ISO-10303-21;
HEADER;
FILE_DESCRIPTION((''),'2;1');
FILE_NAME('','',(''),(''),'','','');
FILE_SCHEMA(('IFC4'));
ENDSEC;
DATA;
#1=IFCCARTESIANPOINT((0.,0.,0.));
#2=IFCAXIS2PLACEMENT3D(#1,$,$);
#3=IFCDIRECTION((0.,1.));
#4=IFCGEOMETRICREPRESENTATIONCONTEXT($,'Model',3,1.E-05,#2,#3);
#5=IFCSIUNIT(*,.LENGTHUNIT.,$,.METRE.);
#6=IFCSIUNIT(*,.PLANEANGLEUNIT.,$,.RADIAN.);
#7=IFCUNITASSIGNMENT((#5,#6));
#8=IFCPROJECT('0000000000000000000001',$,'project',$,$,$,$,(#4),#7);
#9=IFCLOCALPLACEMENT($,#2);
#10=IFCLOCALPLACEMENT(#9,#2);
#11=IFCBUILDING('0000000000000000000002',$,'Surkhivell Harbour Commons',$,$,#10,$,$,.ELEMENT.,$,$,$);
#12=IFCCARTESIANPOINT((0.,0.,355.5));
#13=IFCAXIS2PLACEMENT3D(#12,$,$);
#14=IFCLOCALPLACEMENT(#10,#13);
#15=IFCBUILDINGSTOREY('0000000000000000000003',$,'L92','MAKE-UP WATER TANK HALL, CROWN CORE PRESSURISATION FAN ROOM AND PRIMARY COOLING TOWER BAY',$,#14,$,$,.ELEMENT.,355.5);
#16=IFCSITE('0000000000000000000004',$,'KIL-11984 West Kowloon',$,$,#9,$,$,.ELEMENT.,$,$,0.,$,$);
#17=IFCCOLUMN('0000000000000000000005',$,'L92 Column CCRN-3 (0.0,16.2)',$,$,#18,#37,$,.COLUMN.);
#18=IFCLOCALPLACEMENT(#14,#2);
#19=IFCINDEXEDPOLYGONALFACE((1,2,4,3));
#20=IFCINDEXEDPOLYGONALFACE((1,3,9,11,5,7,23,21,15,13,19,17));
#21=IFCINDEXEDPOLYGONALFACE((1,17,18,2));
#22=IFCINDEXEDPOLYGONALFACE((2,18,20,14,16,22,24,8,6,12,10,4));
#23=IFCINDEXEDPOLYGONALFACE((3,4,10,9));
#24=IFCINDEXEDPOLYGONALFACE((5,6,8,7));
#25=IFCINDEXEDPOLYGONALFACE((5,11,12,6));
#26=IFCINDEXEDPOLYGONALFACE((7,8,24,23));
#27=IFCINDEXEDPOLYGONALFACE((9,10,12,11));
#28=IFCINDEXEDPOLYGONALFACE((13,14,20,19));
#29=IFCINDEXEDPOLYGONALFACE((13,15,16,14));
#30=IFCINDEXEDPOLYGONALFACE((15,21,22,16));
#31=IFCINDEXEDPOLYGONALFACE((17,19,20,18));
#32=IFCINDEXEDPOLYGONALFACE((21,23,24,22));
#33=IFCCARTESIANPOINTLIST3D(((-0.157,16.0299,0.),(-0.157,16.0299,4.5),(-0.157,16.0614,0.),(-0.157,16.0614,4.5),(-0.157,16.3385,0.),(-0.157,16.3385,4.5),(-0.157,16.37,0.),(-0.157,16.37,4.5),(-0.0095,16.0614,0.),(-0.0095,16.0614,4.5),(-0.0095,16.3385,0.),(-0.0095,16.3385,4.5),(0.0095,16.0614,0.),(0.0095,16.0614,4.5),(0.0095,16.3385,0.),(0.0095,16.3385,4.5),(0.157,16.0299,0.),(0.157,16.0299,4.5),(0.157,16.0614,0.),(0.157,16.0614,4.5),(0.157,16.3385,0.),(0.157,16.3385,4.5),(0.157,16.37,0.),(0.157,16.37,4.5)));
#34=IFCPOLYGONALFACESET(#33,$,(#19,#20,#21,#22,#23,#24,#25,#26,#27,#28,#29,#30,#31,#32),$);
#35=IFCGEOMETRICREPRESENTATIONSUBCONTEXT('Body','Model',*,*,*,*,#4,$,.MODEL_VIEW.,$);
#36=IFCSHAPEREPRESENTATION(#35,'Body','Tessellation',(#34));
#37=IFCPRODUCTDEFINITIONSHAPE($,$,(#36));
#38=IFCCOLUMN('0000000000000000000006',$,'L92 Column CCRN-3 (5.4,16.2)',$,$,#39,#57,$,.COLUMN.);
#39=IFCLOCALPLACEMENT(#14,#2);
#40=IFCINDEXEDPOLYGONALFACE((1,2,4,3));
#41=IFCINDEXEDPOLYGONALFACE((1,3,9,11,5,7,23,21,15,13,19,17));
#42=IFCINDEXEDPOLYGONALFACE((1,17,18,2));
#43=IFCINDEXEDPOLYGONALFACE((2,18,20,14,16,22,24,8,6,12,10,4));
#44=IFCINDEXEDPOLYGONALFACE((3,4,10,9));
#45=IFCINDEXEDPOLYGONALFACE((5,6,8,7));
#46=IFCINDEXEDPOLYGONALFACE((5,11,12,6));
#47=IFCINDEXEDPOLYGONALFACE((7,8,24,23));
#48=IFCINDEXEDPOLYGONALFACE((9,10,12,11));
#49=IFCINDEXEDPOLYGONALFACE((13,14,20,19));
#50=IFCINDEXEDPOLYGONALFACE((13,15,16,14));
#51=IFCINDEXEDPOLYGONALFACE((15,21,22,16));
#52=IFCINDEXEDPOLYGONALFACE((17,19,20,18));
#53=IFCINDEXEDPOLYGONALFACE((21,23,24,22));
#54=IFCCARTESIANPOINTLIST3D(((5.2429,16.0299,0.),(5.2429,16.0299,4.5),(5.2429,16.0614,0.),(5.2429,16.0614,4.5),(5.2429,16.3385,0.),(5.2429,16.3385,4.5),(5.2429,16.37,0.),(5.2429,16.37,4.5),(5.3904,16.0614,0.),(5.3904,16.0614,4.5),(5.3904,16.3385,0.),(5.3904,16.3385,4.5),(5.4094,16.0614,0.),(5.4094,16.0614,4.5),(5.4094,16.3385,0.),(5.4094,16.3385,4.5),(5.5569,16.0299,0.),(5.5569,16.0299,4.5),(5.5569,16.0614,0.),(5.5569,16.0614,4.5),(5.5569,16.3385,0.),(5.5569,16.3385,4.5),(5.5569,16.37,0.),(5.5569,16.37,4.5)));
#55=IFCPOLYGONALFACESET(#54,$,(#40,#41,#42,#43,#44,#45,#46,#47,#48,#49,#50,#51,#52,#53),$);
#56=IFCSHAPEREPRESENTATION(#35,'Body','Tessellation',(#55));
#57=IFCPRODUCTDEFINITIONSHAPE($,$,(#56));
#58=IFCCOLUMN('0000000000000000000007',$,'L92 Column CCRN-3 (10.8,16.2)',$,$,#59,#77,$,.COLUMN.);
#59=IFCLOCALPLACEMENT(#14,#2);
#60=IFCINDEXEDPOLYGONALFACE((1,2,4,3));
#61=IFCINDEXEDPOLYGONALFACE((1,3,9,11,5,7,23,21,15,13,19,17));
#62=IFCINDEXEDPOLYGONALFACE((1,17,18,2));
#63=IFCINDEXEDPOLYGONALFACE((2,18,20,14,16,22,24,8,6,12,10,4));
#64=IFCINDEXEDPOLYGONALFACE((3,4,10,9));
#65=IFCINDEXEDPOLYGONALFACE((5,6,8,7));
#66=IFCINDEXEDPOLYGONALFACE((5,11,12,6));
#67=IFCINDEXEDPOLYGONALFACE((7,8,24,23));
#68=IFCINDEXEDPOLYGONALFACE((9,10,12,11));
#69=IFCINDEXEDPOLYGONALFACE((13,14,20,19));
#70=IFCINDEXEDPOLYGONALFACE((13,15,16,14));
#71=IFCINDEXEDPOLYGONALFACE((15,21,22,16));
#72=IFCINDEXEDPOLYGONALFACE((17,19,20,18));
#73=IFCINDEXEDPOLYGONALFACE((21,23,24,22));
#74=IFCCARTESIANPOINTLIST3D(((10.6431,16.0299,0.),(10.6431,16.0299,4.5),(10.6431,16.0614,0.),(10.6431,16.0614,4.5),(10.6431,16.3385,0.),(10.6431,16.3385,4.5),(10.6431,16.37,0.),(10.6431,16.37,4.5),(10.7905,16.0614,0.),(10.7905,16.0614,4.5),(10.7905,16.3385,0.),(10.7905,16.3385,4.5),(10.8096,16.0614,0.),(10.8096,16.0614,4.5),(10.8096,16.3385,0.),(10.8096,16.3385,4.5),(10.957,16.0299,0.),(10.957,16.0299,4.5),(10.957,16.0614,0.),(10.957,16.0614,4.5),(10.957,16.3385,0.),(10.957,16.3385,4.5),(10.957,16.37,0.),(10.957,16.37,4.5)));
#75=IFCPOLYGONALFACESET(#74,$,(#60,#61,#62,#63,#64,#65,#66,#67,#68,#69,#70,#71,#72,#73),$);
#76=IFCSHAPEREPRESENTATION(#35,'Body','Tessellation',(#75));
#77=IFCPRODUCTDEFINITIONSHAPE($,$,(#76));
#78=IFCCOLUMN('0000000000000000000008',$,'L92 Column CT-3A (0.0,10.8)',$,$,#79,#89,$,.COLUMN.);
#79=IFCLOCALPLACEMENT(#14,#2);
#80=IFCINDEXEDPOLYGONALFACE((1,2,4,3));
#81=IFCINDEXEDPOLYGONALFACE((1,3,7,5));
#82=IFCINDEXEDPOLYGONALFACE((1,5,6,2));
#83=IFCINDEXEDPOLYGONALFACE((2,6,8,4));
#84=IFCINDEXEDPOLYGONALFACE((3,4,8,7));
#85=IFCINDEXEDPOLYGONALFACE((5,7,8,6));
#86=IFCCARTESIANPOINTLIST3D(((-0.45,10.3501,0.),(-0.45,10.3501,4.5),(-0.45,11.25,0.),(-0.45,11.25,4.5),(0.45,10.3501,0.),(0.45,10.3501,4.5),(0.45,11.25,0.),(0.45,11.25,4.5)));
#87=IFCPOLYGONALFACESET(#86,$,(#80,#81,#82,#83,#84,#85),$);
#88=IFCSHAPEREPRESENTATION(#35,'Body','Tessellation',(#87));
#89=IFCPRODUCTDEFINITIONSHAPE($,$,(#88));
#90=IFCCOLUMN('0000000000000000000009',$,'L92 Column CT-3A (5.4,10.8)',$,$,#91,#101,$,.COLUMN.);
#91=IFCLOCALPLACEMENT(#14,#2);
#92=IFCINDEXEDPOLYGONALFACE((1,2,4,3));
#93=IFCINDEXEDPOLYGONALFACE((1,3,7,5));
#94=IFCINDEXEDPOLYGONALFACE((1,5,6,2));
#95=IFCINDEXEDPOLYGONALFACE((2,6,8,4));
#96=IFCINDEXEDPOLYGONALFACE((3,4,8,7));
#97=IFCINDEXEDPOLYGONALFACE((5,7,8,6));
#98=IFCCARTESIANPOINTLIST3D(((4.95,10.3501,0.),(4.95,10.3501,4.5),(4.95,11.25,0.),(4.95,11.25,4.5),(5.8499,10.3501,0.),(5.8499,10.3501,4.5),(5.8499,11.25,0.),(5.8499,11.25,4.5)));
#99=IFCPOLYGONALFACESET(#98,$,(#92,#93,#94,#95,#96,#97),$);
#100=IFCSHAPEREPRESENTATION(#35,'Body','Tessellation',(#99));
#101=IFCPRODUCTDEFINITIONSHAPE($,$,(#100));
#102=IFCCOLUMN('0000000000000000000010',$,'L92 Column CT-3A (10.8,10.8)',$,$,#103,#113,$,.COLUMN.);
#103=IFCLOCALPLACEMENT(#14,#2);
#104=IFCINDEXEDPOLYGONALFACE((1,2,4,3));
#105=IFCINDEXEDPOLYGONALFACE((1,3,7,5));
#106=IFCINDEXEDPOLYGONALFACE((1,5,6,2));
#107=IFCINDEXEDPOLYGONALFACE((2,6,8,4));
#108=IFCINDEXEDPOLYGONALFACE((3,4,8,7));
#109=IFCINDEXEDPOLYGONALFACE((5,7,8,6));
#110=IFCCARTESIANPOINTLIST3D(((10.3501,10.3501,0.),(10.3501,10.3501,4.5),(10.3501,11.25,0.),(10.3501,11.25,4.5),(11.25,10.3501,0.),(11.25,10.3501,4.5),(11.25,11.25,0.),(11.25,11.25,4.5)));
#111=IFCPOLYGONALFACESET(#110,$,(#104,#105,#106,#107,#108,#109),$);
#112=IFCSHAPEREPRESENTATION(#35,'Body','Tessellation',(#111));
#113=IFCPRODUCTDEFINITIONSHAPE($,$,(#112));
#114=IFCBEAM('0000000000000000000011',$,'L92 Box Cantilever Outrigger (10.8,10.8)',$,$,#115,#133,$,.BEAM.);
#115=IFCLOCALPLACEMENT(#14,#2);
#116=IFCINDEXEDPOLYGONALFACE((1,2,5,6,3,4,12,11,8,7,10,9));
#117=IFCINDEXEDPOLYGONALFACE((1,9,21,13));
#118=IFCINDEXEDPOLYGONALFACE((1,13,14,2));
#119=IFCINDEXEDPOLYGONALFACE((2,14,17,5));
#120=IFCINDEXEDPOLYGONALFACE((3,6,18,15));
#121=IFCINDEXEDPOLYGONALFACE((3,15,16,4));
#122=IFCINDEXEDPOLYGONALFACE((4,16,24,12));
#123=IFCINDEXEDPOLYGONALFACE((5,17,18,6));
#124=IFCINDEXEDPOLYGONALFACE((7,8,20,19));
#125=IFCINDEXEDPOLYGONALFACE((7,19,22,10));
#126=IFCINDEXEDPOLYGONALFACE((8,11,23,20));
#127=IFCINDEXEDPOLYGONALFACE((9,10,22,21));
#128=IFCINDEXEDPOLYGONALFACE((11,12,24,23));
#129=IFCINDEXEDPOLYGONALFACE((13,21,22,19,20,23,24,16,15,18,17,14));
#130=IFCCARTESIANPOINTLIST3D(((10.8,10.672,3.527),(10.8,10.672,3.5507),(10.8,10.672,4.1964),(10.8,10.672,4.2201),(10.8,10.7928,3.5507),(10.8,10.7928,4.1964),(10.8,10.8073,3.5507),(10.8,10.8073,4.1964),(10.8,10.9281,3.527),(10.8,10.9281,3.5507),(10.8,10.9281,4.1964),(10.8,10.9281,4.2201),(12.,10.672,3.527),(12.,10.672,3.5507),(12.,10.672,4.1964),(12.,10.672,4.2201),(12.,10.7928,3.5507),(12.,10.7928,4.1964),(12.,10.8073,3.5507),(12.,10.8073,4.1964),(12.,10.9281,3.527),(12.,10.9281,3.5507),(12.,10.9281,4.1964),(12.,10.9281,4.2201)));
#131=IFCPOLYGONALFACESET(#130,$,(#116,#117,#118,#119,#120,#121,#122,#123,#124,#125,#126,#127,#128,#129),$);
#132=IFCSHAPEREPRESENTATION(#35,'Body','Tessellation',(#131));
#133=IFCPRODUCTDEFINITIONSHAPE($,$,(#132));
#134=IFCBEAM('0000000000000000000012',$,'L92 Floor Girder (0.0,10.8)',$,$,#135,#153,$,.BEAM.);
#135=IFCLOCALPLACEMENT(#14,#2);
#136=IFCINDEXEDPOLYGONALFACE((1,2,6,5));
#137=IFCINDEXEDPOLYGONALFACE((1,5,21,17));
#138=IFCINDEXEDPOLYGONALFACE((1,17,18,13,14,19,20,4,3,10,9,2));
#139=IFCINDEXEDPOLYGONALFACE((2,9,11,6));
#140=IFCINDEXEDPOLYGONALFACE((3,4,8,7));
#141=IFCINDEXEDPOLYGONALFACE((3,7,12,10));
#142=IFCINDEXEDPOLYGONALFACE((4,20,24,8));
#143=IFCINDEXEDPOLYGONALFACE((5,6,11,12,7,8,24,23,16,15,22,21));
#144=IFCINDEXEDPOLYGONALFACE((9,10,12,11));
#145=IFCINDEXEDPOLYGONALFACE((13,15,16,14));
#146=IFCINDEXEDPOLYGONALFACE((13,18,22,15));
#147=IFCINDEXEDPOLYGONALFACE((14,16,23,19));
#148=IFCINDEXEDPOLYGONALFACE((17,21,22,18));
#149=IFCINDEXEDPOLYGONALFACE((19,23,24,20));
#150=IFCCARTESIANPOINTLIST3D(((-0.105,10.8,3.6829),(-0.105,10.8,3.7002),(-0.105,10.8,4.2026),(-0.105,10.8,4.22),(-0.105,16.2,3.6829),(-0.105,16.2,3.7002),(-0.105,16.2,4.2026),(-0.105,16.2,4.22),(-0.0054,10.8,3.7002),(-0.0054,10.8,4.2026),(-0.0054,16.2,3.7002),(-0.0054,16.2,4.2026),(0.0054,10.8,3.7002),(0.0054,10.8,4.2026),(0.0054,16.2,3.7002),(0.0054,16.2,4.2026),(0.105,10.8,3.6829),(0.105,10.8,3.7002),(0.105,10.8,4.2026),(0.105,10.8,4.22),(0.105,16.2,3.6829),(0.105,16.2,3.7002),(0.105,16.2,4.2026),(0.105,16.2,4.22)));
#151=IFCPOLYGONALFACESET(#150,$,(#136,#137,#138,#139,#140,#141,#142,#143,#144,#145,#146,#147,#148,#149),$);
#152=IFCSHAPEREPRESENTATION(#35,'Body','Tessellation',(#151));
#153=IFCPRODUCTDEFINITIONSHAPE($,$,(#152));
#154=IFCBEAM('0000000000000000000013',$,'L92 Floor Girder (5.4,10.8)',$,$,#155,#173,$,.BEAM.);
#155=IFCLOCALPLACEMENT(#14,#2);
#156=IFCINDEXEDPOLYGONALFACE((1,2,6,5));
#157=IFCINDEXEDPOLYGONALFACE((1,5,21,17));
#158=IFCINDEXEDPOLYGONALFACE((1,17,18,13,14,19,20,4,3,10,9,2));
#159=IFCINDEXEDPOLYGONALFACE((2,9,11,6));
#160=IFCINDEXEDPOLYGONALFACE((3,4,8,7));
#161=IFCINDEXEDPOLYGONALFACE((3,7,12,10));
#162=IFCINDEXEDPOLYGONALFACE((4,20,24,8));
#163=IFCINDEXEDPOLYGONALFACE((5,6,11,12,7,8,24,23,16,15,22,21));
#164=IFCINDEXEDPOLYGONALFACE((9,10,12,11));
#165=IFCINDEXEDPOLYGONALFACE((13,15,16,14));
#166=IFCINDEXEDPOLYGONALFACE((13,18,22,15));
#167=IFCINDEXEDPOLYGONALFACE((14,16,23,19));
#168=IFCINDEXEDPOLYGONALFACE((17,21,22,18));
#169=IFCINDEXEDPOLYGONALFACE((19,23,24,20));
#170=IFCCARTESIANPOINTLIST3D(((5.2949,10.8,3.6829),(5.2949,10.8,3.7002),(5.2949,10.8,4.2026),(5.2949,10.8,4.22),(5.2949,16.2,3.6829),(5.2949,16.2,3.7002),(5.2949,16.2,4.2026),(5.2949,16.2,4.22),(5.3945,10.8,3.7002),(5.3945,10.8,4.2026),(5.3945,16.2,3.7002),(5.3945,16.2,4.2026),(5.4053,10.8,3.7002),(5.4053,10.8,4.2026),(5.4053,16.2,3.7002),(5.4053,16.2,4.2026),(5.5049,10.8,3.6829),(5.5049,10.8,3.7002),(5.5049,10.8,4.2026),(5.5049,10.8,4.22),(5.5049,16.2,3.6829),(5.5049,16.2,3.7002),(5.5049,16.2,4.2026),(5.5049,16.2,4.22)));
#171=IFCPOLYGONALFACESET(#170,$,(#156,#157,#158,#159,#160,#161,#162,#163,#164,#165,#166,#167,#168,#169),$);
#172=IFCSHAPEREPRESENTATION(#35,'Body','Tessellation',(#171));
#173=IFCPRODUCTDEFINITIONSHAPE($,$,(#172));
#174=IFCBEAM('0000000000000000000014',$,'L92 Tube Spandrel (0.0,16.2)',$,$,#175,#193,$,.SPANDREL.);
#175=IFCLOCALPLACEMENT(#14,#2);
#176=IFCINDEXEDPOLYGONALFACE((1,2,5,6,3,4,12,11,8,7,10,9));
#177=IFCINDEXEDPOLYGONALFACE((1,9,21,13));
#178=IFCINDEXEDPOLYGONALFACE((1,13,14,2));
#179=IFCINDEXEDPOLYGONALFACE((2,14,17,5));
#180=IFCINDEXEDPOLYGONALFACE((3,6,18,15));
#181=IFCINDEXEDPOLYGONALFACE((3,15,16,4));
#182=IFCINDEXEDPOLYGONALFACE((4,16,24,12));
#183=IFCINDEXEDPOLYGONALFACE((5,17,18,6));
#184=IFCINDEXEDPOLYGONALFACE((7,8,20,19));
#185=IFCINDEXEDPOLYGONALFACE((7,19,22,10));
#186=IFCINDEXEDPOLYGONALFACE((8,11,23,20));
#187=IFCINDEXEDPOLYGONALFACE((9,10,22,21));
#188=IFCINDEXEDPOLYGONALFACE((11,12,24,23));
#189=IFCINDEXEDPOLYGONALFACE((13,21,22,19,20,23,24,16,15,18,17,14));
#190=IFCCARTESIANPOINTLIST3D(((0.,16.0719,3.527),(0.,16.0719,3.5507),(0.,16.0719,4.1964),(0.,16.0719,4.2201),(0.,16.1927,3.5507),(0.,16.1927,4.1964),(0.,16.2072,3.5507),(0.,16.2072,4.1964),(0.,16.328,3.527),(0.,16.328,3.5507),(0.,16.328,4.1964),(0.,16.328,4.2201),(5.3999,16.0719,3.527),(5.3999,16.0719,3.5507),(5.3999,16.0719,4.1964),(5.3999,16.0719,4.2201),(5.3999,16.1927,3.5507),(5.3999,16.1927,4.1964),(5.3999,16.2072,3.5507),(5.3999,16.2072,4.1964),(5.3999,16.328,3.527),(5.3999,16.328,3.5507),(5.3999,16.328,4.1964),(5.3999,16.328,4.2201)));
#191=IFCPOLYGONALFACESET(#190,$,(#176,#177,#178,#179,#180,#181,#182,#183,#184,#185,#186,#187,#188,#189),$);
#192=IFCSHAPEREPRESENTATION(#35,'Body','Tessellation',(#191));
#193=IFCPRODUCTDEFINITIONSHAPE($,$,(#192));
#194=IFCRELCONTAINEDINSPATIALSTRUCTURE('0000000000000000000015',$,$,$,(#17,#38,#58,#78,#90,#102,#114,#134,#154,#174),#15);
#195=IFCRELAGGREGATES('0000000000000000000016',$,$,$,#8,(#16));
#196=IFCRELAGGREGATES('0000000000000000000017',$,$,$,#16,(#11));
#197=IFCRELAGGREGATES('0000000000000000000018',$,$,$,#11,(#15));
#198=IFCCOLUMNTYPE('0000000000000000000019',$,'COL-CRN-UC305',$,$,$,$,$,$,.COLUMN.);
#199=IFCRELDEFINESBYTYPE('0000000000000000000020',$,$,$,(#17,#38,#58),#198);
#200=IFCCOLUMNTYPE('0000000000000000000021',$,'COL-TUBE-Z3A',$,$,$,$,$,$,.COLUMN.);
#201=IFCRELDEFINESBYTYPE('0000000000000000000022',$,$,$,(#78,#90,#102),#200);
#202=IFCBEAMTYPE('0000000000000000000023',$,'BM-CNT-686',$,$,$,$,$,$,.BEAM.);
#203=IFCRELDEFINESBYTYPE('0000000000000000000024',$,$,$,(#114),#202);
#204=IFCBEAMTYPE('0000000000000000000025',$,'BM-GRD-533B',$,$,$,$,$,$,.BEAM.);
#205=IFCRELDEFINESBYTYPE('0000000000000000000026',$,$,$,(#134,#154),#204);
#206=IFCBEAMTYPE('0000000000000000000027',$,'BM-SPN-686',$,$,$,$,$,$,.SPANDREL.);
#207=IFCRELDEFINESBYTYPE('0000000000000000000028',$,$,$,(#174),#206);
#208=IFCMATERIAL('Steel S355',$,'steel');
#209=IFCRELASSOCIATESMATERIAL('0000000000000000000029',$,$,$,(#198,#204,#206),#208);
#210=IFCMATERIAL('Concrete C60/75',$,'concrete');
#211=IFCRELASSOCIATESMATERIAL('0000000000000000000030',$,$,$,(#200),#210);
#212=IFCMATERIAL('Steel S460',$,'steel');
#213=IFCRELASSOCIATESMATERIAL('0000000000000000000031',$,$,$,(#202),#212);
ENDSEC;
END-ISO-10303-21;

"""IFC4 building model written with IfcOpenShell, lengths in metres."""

from ifc_helpers import new_model, si_unit, direction, frame, origin, origin_2d, place, context, subcontext, project, spatial, rectangle, i_section, extrude, material, material_profile, profile_set, type_object, element, save


model = new_model("IFC4")

# Units and contexts
model_context = context("Model", 3, precision=1e-05, world=origin(), true_north=direction((0.0, 1.0)))
body_context = subcontext(model_context, "Body", "Model", "MODEL_VIEW")
ifc_project = project(units=[si_unit("LENGTHUNIT", "METRE"), si_unit("PLANEANGLEUNIT", "RADIAN")], contexts=[model_context])

# Site, building, storey
site_placement = place(None, origin())
site = spatial("IfcSite", under=ifc_project, at=site_placement, Name="KIL-11984 West Kowloon", CompositionType="ELEMENT", RefElevation=0.0)
building_placement = place(site_placement, origin())
building = spatial("IfcBuilding", under=site, at=building_placement, Name="Surkhivell Harbour Commons", CompositionType="ELEMENT")
storey_placement = place(building_placement, frame((0.0, 0.0, 355.5)))
storey = spatial("IfcBuildingStorey", under=building, at=storey_placement, Name="L92", Description="MAKE-UP WATER TANK HALL, CROWN CORE PRESSURISATION FAN ROOM AND PRIMARY COOLING TOWER BAY", CompositionType="ELEMENT", Elevation=355.5)

# Columns
ifc_material_1 = material(Name="Steel S355", Category="steel")
ifc_material_profile_1 = material_profile(ifc_material_1, i_section(OverallWidth=0.314, OverallDepth=0.3401, WebThickness=0.019, FlangeThickness=0.0315, at=origin_2d()), Name="UC305x305x198")
ifc_profile_set_1 = profile_set([ifc_material_profile_1], Name="Steel S355")
column_type_1 = type_object("IfcColumnType", Name="COL-CRN-UC305", PredefinedType="COLUMN", material=ifc_profile_set_1)
for number, where, z_axis, x_axis, name in (
    (1, (0.0, 16.2, 0.0), (0.0, 0.0, 1.0), (1.0, 0.0, 0.0), "L92 Column CCRN-3 (0.0,16.2)"),
    (2, (5.3999, 16.2, 0.0), (0.0, 0.0, 1.0), (1.0, 0.0, 0.0), "L92 Column CCRN-3 (5.4,16.2)"),
    (3, (10.8, 16.2, 0.0), (0.0, 0.0, 1.0), (1.0, 0.0, 0.0), "L92 Column CCRN-3 (10.8,16.2)"),
):
    element("IfcColumn", number, at=place(storey_placement, frame(where, z_axis=z_axis, x_axis=x_axis)), inside=storey, type_object=column_type_1, Name=name, PredefinedType="COLUMN", context=body_context, shape_type="SweptSolid", body=[
        extrude(i_section(OverallWidth=0.314, OverallDepth=0.3401, WebThickness=0.019, FlangeThickness=0.0315, at=origin_2d()), origin(), (0.0, 0.0, 1.0), 4.5),
    ])
ifc_material_2 = material(Name="Concrete C60/75", Category="concrete")
ifc_material_profile_2 = material_profile(ifc_material_2, rectangle(XDim=0.8999, YDim=0.8999, at=origin_2d()), Name="RC-COL-900x900")
ifc_profile_set_2 = profile_set([ifc_material_profile_2], Name="Concrete C60/75")
column_type_2 = type_object("IfcColumnType", Name="COL-TUBE-Z3A", PredefinedType="COLUMN", material=ifc_profile_set_2)
for number, where, z_axis, x_axis, name in (
    (4, (0.0, 10.8, 0.0), (0.0, 0.0, 1.0), (1.0, 0.0, 0.0), "L92 Column CT-3A (0.0,10.8)"),
    (5, (5.3999, 10.8, 0.0), (0.0, 0.0, 1.0), (1.0, 0.0, 0.0), "L92 Column CT-3A (5.4,10.8)"),
    (6, (10.8, 10.8, 0.0), (0.0, 0.0, 1.0), (1.0, 0.0, 0.0), "L92 Column CT-3A (10.8,10.8)"),
):
    element("IfcColumn", number, at=place(storey_placement, frame(where, z_axis=z_axis, x_axis=x_axis)), inside=storey, type_object=column_type_2, Name=name, PredefinedType="COLUMN", context=body_context, shape_type="SweptSolid", body=[
        extrude(rectangle(XDim=0.8999, YDim=0.8999, at=origin_2d()), origin(), (0.0, 0.0, 1.0), 4.5),
    ])

# Beams
ifc_material_3 = material(Name="Steel S460", Category="steel")
ifc_material_profile_3 = material_profile(ifc_material_3, i_section(OverallWidth=0.2561, OverallDepth=0.6931, WebThickness=0.0144, FlangeThickness=0.0237, at=origin_2d()), Name="UB686x254x170")
ifc_profile_set_3 = profile_set([ifc_material_profile_3], Name="Steel S460")
beam_type_1 = type_object("IfcBeamType", Name="BM-CNT-686", PredefinedType="BEAM", material=ifc_profile_set_3)
beam_1_placement = place(storey_placement, frame((10.8, 10.8, 3.8735), z_axis=(1.0, 0.0, 0.0), x_axis=(0.0, 1.0, 0.0)))
element("IfcBeam", 7, at=beam_1_placement, inside=storey, type_object=beam_type_1, Name="L92 Box Cantilever Outrigger (10.8,10.8)", PredefinedType="BEAM", context=body_context, shape_type="SweptSolid", body=[
    extrude(i_section(OverallWidth=0.2561, OverallDepth=0.6931, WebThickness=0.0144, FlangeThickness=0.0237, at=origin_2d()), origin(), (0.0, 0.0, 1.0), 1.2),
])
ifc_material_profile_4 = material_profile(ifc_material_1, i_section(OverallWidth=0.21, OverallDepth=0.5371, WebThickness=0.0107, FlangeThickness=0.0173, at=origin_2d()), Name="UB533x210x101")
ifc_profile_set_4 = profile_set([ifc_material_profile_4], Name="Steel S355")
beam_type_2 = type_object("IfcBeamType", Name="BM-GRD-533B", PredefinedType="BEAM", material=ifc_profile_set_4)
for number, where, z_axis, x_axis, name in (
    (8, (0.0, 10.8, 3.9514), (0.0, 1.0, 0.0), (-1.0, 0.0, 0.0), "L92 Floor Girder (0.0,10.8)"),
    (9, (5.3999, 10.8, 3.9514), (0.0, 1.0, 0.0), (-1.0, 0.0, 0.0), "L92 Floor Girder (5.4,10.8)"),
):
    element("IfcBeam", number, at=place(storey_placement, frame(where, z_axis=z_axis, x_axis=x_axis)), inside=storey, type_object=beam_type_2, Name=name, PredefinedType="BEAM", context=body_context, shape_type="SweptSolid", body=[
        extrude(i_section(OverallWidth=0.21, OverallDepth=0.5371, WebThickness=0.0107, FlangeThickness=0.0173, at=origin_2d()), origin(), (0.0, 0.0, 1.0), 5.3999),
    ])
ifc_material_profile_5 = material_profile(ifc_material_1, i_section(OverallWidth=0.2561, OverallDepth=0.6931, WebThickness=0.0144, FlangeThickness=0.0237, at=origin_2d()), Name="UB686x254x170")
ifc_profile_set_5 = profile_set([ifc_material_profile_5], Name="Steel S355")
beam_type_3 = type_object("IfcBeamType", Name="BM-SPN-686", PredefinedType="SPANDREL", material=ifc_profile_set_5)
beam_2_placement = place(storey_placement, frame((0.0, 16.2, 3.8735), z_axis=(1.0, 0.0, 0.0), x_axis=(0.0, 1.0, 0.0)))
element("IfcBeam", 10, at=beam_2_placement, inside=storey, type_object=beam_type_3, Name="L92 Tube Spandrel (0.0,16.2)", PredefinedType="SPANDREL", context=body_context, shape_type="SweptSolid", body=[
    extrude(i_section(OverallWidth=0.2561, OverallDepth=0.6931, WebThickness=0.0144, FlangeThickness=0.0237, at=origin_2d()), origin(), (0.0, 0.0, 1.0), 5.3999),
])

save(model, "model.ifc")
